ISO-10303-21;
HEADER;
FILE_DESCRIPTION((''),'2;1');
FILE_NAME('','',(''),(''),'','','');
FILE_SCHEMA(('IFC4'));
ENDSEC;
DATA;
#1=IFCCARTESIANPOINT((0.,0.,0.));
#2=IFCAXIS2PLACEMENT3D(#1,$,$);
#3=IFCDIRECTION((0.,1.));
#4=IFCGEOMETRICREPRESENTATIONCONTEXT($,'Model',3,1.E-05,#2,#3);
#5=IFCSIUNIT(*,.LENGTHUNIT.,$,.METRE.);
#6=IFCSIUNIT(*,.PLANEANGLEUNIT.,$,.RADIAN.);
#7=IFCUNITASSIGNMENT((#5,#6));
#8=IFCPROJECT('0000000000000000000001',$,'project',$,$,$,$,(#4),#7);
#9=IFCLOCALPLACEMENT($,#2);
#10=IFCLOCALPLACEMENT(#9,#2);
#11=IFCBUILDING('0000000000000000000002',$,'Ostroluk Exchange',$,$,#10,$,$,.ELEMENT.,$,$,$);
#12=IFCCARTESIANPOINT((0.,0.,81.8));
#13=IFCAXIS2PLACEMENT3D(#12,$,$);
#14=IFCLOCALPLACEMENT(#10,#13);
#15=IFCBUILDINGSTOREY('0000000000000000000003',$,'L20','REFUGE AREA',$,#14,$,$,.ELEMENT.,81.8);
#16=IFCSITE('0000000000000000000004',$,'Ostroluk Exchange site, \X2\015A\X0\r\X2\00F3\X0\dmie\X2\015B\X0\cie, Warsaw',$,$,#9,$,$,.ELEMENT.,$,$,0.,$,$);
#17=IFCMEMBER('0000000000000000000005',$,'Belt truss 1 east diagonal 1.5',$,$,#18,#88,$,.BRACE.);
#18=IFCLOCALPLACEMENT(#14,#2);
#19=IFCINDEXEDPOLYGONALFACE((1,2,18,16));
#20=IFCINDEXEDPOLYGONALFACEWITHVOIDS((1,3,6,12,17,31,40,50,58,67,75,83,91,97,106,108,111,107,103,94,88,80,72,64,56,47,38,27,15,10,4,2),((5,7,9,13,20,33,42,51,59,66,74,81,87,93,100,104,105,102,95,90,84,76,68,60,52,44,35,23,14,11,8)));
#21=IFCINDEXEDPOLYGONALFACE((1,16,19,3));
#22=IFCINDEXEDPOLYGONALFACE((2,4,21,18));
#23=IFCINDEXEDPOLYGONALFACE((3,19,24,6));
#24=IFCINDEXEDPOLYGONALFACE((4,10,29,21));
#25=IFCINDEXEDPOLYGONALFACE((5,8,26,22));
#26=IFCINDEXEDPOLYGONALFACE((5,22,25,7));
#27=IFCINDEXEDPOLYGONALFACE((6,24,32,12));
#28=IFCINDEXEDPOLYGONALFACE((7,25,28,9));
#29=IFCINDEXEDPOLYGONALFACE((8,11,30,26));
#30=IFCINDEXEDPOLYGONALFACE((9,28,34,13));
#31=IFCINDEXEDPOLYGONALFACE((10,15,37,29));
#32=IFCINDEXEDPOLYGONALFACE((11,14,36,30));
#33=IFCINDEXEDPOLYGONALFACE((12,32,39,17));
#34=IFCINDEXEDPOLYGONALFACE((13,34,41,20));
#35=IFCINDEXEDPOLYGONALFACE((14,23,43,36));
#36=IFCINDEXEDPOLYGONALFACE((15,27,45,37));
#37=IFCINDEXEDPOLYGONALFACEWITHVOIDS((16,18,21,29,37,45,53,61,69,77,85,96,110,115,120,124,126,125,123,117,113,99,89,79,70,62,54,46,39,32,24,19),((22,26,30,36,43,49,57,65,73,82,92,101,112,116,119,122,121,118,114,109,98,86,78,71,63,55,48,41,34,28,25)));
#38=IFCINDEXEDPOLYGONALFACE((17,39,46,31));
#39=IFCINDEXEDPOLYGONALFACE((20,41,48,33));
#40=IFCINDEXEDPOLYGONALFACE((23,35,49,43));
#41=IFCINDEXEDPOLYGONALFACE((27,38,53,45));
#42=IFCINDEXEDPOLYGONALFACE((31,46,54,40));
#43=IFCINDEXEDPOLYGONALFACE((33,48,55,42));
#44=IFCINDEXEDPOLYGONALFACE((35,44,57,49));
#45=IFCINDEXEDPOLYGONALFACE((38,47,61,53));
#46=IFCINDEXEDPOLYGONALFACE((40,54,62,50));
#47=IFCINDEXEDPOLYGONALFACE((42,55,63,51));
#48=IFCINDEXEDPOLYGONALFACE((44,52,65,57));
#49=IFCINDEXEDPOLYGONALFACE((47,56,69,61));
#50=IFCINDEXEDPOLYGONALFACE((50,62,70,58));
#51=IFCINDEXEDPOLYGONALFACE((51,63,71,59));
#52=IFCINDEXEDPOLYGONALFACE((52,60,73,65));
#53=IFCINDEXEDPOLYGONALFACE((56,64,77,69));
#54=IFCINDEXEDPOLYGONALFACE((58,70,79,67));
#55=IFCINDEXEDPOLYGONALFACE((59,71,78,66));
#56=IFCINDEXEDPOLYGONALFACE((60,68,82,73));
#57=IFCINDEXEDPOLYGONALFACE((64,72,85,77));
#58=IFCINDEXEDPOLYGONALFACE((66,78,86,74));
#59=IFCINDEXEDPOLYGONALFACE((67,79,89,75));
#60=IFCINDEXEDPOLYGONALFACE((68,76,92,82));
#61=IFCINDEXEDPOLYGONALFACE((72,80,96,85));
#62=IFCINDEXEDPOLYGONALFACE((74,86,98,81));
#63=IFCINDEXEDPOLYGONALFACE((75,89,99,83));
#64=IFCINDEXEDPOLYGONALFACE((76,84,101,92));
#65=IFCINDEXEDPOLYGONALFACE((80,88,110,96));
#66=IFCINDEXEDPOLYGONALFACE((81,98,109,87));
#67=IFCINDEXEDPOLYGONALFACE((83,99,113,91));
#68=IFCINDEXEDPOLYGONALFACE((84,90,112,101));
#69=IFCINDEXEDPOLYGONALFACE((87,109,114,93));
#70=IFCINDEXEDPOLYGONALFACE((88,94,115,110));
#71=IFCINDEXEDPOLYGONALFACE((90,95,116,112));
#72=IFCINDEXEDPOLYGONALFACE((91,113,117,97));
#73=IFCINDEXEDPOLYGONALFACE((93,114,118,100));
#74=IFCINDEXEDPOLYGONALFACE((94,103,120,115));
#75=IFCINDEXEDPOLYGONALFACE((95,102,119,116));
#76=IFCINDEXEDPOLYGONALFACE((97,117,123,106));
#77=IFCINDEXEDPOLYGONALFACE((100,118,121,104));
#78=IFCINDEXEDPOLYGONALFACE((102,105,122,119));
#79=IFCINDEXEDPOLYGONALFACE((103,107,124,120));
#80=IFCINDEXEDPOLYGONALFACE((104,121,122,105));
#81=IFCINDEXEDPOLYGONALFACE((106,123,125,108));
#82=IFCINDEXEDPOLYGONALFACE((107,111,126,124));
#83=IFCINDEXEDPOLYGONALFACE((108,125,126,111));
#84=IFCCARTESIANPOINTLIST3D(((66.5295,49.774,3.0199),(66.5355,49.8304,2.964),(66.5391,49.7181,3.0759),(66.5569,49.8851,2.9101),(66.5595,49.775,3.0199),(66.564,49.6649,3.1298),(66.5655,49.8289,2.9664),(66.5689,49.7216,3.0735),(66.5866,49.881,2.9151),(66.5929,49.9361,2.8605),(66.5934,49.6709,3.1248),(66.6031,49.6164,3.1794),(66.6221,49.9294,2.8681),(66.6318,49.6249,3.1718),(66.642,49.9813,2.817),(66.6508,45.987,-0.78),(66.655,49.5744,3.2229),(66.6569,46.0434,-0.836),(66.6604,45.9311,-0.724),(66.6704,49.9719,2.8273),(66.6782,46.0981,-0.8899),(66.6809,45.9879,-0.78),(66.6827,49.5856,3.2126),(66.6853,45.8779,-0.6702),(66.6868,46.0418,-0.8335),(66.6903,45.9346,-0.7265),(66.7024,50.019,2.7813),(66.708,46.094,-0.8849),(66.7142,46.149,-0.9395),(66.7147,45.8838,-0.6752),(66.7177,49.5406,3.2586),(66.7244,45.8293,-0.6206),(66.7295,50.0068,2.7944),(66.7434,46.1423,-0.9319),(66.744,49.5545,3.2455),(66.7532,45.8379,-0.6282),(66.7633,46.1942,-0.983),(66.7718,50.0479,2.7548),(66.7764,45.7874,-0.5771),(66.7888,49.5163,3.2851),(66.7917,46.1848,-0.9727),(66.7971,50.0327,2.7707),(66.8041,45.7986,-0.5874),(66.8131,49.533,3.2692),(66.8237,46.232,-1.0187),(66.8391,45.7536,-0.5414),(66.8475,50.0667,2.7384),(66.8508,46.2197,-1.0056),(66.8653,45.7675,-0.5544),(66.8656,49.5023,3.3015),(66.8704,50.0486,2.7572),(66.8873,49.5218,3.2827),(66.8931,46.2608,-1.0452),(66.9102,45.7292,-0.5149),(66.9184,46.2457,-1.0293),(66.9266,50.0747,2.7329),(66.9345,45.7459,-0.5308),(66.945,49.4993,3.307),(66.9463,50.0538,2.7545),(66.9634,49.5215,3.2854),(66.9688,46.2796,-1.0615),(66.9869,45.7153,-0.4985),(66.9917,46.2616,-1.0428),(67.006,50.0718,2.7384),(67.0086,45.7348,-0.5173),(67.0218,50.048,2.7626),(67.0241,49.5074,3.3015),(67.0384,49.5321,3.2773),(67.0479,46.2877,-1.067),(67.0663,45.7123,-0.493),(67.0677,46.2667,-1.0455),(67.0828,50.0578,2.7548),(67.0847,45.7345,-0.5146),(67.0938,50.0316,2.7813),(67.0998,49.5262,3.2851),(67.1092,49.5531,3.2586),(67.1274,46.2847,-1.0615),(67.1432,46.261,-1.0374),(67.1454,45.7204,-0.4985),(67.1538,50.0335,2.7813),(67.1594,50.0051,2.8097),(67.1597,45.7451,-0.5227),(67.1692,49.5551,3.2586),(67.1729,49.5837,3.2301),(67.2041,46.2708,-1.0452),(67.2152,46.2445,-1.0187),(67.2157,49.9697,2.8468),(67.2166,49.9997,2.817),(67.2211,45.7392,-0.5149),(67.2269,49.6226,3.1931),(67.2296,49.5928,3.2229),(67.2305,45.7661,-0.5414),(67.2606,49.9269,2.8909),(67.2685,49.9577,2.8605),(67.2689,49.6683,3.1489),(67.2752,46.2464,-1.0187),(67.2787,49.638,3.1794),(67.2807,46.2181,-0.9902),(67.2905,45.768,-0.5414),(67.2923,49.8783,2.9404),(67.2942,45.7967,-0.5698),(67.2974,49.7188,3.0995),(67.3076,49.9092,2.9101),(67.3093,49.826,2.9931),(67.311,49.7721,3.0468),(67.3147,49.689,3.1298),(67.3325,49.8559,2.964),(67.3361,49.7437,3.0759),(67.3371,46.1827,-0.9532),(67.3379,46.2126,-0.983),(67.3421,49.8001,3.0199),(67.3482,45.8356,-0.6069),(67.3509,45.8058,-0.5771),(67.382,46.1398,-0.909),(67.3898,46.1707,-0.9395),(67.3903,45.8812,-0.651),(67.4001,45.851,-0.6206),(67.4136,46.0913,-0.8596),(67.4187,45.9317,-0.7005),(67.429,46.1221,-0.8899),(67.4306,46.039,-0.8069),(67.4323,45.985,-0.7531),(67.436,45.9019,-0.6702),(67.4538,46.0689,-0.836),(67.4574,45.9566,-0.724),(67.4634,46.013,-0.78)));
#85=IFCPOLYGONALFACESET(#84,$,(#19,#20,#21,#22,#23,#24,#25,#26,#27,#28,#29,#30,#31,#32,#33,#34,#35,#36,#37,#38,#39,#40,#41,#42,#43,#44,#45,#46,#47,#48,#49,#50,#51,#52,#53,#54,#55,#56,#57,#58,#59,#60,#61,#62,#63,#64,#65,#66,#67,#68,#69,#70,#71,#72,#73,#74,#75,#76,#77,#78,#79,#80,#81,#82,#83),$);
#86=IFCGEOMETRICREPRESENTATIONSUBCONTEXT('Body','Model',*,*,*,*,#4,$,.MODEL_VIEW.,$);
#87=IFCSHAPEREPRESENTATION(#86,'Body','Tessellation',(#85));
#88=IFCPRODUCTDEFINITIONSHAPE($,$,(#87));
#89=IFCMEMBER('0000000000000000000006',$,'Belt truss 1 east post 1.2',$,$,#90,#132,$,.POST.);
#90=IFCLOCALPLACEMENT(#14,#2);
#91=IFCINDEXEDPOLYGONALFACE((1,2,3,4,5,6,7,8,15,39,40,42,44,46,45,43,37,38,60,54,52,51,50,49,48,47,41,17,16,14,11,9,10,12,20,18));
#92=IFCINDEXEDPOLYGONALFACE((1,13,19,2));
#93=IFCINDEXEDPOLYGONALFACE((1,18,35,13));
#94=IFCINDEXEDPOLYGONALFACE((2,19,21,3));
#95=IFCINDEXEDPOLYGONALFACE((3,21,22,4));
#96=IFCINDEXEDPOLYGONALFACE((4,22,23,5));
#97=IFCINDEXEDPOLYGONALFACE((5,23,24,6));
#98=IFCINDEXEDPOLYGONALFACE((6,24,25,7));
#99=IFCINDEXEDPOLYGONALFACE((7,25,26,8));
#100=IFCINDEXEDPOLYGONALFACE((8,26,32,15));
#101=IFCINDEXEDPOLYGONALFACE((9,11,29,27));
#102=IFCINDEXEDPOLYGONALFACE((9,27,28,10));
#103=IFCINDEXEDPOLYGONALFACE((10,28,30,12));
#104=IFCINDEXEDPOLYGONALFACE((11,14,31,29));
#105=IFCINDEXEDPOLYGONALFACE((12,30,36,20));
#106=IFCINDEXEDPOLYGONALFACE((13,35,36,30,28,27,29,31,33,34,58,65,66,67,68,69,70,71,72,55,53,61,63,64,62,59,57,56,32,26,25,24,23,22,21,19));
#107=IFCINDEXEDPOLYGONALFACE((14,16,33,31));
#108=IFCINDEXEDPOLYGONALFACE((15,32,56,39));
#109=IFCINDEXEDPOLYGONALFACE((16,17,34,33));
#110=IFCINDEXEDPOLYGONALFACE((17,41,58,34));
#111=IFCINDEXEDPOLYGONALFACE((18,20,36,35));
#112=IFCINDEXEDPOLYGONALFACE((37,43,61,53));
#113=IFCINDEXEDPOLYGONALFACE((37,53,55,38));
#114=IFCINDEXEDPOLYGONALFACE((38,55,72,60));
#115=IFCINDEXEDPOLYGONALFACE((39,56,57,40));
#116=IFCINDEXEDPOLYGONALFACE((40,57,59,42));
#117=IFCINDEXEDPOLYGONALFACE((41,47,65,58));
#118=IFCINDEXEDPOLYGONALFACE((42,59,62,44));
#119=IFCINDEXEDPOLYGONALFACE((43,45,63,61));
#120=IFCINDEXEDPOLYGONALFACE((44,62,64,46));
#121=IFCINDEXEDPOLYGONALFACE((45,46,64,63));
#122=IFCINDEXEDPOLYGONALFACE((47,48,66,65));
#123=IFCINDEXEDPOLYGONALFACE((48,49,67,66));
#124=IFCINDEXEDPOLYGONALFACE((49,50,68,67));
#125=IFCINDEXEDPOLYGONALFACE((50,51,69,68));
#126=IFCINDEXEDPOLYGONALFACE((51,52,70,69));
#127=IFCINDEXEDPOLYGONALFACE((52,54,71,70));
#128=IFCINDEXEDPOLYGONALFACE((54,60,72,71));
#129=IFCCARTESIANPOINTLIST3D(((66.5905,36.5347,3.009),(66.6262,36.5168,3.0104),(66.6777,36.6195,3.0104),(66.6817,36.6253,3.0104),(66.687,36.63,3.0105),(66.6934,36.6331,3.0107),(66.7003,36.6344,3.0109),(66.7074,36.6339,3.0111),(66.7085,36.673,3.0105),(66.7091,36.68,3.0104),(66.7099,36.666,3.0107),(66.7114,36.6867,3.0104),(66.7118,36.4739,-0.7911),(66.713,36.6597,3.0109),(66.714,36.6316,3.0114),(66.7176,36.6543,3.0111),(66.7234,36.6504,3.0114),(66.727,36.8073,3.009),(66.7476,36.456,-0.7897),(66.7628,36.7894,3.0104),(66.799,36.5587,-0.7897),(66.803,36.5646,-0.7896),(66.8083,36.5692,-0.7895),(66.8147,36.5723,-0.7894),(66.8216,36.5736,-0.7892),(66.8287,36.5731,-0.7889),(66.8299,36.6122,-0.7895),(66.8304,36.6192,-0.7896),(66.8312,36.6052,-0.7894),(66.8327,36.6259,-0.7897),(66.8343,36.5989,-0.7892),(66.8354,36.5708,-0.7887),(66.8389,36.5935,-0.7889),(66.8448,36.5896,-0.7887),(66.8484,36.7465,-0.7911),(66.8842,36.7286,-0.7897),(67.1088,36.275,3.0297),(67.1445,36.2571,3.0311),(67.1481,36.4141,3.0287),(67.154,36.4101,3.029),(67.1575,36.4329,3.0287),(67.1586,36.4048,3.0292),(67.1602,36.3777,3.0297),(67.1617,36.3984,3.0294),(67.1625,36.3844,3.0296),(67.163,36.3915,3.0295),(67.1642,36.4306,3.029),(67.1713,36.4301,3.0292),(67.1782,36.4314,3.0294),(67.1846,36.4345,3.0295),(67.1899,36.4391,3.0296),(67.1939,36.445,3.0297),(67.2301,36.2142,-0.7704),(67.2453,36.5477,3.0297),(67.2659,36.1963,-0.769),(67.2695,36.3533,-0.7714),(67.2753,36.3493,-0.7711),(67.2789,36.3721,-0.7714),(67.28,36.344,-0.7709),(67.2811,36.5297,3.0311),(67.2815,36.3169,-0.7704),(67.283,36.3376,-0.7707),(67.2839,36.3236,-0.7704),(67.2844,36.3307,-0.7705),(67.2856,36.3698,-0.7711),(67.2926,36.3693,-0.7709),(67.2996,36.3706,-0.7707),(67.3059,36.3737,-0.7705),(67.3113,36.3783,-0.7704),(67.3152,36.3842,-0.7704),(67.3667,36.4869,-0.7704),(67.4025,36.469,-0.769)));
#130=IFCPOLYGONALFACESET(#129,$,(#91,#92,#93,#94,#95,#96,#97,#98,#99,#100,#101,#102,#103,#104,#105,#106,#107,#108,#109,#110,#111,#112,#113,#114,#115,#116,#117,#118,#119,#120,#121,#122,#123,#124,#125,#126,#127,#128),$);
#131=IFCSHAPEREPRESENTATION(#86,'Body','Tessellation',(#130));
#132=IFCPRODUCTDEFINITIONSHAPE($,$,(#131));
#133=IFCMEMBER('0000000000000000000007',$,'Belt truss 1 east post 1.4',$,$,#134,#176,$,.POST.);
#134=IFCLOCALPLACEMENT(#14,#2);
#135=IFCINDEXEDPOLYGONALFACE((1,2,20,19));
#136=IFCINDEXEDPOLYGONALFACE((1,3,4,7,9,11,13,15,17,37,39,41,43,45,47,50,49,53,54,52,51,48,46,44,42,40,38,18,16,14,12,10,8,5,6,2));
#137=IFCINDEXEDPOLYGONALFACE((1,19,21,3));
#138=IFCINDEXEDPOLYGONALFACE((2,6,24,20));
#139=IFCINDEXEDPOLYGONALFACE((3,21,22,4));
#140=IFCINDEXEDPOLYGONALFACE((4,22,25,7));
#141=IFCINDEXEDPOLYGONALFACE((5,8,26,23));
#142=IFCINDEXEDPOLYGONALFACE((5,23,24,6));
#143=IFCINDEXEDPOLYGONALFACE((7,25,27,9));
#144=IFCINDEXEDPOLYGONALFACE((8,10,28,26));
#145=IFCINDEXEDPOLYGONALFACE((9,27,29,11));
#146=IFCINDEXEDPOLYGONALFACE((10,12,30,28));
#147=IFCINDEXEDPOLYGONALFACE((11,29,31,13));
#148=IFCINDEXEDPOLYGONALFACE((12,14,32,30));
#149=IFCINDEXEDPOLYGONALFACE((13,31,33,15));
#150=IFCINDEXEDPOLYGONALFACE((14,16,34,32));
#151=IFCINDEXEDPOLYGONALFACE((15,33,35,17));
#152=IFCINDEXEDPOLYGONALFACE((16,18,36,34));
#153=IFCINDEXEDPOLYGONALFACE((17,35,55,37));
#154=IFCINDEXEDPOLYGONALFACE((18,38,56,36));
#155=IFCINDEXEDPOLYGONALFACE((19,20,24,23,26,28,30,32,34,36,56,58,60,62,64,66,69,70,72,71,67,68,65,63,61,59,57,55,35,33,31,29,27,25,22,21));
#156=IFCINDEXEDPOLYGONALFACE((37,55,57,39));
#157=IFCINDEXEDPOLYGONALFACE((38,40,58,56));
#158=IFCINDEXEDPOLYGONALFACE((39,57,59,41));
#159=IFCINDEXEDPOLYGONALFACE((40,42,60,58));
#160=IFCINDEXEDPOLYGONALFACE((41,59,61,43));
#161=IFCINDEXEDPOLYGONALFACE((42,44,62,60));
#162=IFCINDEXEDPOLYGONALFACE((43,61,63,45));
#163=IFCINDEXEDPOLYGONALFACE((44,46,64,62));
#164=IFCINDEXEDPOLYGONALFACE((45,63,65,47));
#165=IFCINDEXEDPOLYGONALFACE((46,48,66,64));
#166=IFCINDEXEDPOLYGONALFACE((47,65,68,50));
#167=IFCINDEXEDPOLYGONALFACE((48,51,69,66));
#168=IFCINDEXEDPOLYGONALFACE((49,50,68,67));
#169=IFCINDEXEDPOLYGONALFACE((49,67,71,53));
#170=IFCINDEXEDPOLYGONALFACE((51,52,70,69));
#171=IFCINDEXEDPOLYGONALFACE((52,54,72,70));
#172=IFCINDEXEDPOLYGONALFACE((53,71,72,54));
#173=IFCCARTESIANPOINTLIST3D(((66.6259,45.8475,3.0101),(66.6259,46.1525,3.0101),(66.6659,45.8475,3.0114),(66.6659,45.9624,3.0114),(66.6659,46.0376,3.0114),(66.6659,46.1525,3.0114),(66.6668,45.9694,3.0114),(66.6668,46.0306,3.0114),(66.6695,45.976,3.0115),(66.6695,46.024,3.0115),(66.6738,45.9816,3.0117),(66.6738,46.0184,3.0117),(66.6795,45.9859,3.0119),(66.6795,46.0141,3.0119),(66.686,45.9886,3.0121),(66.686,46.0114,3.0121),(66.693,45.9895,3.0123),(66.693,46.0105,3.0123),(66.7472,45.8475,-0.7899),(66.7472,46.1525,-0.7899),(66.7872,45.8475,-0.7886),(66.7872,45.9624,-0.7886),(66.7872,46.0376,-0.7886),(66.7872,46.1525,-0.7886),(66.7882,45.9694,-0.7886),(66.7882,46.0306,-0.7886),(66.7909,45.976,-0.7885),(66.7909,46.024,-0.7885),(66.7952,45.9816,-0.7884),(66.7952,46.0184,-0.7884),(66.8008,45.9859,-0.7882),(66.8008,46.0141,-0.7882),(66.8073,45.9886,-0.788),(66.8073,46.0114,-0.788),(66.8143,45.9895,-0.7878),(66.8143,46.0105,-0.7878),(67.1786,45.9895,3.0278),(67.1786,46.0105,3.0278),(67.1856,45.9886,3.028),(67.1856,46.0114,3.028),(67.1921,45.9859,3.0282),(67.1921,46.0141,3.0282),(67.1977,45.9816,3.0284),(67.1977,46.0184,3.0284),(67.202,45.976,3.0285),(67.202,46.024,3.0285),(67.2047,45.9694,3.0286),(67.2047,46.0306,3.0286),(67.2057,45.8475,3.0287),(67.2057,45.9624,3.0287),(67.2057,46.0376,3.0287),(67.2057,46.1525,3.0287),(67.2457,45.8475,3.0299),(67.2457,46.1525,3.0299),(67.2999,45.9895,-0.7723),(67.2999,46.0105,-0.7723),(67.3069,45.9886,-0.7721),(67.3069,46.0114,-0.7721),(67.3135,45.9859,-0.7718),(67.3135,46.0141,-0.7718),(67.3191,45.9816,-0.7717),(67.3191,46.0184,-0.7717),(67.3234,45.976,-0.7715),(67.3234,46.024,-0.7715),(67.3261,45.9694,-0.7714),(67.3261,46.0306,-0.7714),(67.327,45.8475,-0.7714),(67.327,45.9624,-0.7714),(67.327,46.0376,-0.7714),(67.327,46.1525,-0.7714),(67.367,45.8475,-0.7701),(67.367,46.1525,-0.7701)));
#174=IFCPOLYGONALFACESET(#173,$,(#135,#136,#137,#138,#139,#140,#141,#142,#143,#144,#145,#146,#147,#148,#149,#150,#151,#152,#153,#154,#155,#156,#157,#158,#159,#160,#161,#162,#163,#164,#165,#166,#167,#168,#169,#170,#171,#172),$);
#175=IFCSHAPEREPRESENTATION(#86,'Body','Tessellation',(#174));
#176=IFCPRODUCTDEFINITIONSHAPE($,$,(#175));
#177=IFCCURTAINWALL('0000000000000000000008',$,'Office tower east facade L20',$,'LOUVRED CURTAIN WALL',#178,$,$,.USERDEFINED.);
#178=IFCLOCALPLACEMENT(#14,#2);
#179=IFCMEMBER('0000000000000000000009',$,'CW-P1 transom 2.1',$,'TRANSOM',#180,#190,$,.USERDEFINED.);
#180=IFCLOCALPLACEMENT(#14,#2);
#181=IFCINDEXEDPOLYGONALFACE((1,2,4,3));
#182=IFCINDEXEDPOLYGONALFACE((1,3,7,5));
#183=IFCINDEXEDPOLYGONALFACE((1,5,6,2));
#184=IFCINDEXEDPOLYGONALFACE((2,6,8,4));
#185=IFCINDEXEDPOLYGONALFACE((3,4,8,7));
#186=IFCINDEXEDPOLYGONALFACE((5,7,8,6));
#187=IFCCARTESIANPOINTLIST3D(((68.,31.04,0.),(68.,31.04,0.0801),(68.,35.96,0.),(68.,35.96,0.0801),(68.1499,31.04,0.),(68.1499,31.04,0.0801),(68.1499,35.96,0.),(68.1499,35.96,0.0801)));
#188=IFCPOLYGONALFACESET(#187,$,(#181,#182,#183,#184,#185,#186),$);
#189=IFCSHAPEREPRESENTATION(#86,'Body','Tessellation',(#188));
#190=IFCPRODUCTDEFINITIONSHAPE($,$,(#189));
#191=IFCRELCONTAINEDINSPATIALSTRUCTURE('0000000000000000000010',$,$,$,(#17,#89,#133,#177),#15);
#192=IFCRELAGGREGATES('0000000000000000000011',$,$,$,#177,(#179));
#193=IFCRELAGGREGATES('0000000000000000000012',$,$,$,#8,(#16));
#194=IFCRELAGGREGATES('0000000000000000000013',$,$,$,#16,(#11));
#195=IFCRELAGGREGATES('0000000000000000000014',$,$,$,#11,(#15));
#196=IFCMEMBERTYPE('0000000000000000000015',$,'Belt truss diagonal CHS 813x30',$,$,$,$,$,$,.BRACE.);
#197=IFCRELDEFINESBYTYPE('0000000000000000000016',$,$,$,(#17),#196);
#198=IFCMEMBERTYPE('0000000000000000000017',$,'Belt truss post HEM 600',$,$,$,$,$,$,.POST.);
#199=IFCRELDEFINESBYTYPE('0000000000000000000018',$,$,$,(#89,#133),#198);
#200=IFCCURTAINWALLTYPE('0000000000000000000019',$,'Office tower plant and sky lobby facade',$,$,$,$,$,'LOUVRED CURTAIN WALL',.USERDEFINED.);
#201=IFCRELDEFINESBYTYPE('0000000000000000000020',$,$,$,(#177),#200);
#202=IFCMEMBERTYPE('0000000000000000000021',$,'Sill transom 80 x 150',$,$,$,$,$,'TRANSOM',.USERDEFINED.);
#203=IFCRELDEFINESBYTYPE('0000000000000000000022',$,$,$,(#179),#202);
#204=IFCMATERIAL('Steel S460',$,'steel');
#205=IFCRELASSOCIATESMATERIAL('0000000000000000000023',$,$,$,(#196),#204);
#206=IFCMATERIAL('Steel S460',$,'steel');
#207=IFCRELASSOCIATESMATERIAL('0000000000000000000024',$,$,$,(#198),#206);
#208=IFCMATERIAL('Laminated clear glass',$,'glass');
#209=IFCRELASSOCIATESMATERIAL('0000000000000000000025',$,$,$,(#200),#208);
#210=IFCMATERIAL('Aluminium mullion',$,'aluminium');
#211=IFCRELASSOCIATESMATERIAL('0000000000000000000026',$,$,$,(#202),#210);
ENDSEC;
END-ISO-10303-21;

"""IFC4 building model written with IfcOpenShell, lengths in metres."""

from ifc_helpers import new_model, si_unit, direction, frame, origin, origin_2d, place, context, subcontext, project, spatial, rectangle, hollow_circle, i_section, extrude, material, material_profile, profile_set, type_object, element, aggregate, save


model = new_model("IFC4")

# Units and contexts
model_context = context("Model", 3, precision=1e-05, world=origin(), true_north=direction((0.0, 1.0)))
body_context = subcontext(model_context, "Body", "Model", "MODEL_VIEW")
ifc_project = project(units=[si_unit("LENGTHUNIT", "METRE"), si_unit("PLANEANGLEUNIT", "RADIAN")], contexts=[model_context])

# Site, building, storey
site_placement = place(None, origin())
site = spatial("IfcSite", under=ifc_project, at=site_placement, Name="Ostroluk Exchange site, Śródmieście, Warsaw", CompositionType="ELEMENT", RefElevation=0.0)
building_placement = place(site_placement, origin())
building = spatial("IfcBuilding", under=site, at=building_placement, Name="Ostroluk Exchange", CompositionType="ELEMENT")
storey_placement = place(building_placement, frame((0.0, 0.0, 81.8)))
storey = spatial("IfcBuildingStorey", under=building, at=storey_placement, Name="L20", Description="REFUGE AREA", CompositionType="ELEMENT", Elevation=81.8)

# Members
ifc_material_1 = material(Name="Steel S460", Category="steel")
ifc_material_profile_1 = material_profile(ifc_material_1, hollow_circle(Radius=0.4065, WallThickness=0.03, at=origin_2d()), Name="CHS 813x30")
ifc_profile_set_1 = profile_set([ifc_material_profile_1], Name="Steel S460")
member_type_1 = type_object("IfcMemberType", Name="Belt truss diagonal CHS 813x30", PredefinedType="BRACE", material=ifc_profile_set_1)
for number, where, z_axis, x_axis, name in (
    (1, (67.0571, 46.0, -0.78), (-0.022611, 0.705719, 0.708131), (-0.999487, -0.032023, 0.0), "Belt truss 1 east diagonal 1.5"),
):
    element("IfcMember", number, at=place(storey_placement, frame(where, z_axis=z_axis, x_axis=x_axis)), inside=storey, type_object=member_type_1, Name=name, PredefinedType="BRACE", context=body_context, shape_type="SweptSolid", body=[
        extrude(hollow_circle(Radius=0.4065, WallThickness=0.03, at=origin_2d()), origin(), (0.0, 0.0, 1.0), 5.3662),
    ])
ifc_material_2 = material(Name="Steel S460", Category="steel")
ifc_material_profile_2 = material_profile(ifc_material_2, i_section(OverallWidth=0.3049, OverallDepth=0.6201, WebThickness=0.021, FlangeThickness=0.04, FilletRadius=0.0271, at=origin_2d()), Name="HEM 600")
ifc_profile_set_2 = profile_set([ifc_material_profile_2], Name="Steel S460")
member_type_2 = type_object("IfcMemberType", Name="Belt truss post HEM 600", PredefinedType="POST", material=ifc_profile_set_2)
member_1_placement = place(storey_placement, frame((67.0571, 36.4714, -0.78), z_axis=(-0.03191, 0.015987, 0.999363), x_axis=(-0.447933, -0.894067, 0.0)))
element("IfcMember", 2, at=member_1_placement, inside=storey, type_object=member_type_2, Name="Belt truss 1 east post 1.2", PredefinedType="POST", context=body_context, shape_type="SweptSolid", body=[
    extrude(i_section(OverallWidth=0.3049, OverallDepth=0.6201, WebThickness=0.021, FlangeThickness=0.04, FilletRadius=0.0271, at=origin_2d()), origin(), (0.0, 0.0, 1.0), 3.8025),
])
member_2_placement = place(storey_placement, frame((67.0571, 46.0, -0.78), z_axis=(-0.031914, 0.0, 0.999491), x_axis=(0.0, -1.0, 0.0)))
element("IfcMember", 3, at=member_2_placement, inside=storey, type_object=member_type_2, Name="Belt truss 1 east post 1.4", PredefinedType="POST", context=body_context, shape_type="SweptSolid", body=[
    extrude(i_section(OverallWidth=0.3049, OverallDepth=0.6201, WebThickness=0.021, FlangeThickness=0.04, FilletRadius=0.0271, at=origin_2d()), origin(), (0.0, 0.0, 1.0), 3.802),
])

# Curtain wall, member
ifc_material_3 = material(Name="Laminated clear glass", Category="glass")
curtain_wall_type = type_object("IfcCurtainWallType", Name="Office tower plant and sky lobby facade", ElementType="LOUVRED CURTAIN WALL", PredefinedType="USERDEFINED", material=ifc_material_3)
curtain_wall_placement = place(storey_placement, origin())
curtain_wall = element("IfcCurtainWall", 4, at=curtain_wall_placement, inside=storey, type_object=curtain_wall_type, Name="Office tower east facade L20", ObjectType="LOUVRED CURTAIN WALL", PredefinedType="USERDEFINED")
ifc_material_4 = material(Name="Aluminium mullion", Category="aluminium")
ifc_material_profile_3 = material_profile(ifc_material_4, rectangle(XDim=0.1499, YDim=0.0801, at=origin_2d()), Name="Sill transom 80 x 150")
ifc_profile_set_3 = profile_set([ifc_material_profile_3], Name="Aluminium mullion")
member_type_3 = type_object("IfcMemberType", Name="Sill transom 80 x 150", ElementType="TRANSOM", PredefinedType="USERDEFINED", material=ifc_profile_set_3)
member_3_placement = place(storey_placement, frame((68.075, 31.04, 0.04), z_axis=(0.0, 1.0, 0.0), x_axis=(-1.0, 0.0, 0.0)))
member_3 = element("IfcMember", 5, at=member_3_placement, type_object=member_type_3, Name="CW-P1 transom 2.1", ObjectType="TRANSOM", PredefinedType="USERDEFINED", context=body_context, shape_type="SweptSolid", body=[
    extrude(rectangle(XDim=0.1499, YDim=0.0801, at=origin_2d()), origin(), (0.0, 0.0, 1.0), 4.9199),
])
aggregate(curtain_wall, [member_3])

save(model, "model.ifc")
